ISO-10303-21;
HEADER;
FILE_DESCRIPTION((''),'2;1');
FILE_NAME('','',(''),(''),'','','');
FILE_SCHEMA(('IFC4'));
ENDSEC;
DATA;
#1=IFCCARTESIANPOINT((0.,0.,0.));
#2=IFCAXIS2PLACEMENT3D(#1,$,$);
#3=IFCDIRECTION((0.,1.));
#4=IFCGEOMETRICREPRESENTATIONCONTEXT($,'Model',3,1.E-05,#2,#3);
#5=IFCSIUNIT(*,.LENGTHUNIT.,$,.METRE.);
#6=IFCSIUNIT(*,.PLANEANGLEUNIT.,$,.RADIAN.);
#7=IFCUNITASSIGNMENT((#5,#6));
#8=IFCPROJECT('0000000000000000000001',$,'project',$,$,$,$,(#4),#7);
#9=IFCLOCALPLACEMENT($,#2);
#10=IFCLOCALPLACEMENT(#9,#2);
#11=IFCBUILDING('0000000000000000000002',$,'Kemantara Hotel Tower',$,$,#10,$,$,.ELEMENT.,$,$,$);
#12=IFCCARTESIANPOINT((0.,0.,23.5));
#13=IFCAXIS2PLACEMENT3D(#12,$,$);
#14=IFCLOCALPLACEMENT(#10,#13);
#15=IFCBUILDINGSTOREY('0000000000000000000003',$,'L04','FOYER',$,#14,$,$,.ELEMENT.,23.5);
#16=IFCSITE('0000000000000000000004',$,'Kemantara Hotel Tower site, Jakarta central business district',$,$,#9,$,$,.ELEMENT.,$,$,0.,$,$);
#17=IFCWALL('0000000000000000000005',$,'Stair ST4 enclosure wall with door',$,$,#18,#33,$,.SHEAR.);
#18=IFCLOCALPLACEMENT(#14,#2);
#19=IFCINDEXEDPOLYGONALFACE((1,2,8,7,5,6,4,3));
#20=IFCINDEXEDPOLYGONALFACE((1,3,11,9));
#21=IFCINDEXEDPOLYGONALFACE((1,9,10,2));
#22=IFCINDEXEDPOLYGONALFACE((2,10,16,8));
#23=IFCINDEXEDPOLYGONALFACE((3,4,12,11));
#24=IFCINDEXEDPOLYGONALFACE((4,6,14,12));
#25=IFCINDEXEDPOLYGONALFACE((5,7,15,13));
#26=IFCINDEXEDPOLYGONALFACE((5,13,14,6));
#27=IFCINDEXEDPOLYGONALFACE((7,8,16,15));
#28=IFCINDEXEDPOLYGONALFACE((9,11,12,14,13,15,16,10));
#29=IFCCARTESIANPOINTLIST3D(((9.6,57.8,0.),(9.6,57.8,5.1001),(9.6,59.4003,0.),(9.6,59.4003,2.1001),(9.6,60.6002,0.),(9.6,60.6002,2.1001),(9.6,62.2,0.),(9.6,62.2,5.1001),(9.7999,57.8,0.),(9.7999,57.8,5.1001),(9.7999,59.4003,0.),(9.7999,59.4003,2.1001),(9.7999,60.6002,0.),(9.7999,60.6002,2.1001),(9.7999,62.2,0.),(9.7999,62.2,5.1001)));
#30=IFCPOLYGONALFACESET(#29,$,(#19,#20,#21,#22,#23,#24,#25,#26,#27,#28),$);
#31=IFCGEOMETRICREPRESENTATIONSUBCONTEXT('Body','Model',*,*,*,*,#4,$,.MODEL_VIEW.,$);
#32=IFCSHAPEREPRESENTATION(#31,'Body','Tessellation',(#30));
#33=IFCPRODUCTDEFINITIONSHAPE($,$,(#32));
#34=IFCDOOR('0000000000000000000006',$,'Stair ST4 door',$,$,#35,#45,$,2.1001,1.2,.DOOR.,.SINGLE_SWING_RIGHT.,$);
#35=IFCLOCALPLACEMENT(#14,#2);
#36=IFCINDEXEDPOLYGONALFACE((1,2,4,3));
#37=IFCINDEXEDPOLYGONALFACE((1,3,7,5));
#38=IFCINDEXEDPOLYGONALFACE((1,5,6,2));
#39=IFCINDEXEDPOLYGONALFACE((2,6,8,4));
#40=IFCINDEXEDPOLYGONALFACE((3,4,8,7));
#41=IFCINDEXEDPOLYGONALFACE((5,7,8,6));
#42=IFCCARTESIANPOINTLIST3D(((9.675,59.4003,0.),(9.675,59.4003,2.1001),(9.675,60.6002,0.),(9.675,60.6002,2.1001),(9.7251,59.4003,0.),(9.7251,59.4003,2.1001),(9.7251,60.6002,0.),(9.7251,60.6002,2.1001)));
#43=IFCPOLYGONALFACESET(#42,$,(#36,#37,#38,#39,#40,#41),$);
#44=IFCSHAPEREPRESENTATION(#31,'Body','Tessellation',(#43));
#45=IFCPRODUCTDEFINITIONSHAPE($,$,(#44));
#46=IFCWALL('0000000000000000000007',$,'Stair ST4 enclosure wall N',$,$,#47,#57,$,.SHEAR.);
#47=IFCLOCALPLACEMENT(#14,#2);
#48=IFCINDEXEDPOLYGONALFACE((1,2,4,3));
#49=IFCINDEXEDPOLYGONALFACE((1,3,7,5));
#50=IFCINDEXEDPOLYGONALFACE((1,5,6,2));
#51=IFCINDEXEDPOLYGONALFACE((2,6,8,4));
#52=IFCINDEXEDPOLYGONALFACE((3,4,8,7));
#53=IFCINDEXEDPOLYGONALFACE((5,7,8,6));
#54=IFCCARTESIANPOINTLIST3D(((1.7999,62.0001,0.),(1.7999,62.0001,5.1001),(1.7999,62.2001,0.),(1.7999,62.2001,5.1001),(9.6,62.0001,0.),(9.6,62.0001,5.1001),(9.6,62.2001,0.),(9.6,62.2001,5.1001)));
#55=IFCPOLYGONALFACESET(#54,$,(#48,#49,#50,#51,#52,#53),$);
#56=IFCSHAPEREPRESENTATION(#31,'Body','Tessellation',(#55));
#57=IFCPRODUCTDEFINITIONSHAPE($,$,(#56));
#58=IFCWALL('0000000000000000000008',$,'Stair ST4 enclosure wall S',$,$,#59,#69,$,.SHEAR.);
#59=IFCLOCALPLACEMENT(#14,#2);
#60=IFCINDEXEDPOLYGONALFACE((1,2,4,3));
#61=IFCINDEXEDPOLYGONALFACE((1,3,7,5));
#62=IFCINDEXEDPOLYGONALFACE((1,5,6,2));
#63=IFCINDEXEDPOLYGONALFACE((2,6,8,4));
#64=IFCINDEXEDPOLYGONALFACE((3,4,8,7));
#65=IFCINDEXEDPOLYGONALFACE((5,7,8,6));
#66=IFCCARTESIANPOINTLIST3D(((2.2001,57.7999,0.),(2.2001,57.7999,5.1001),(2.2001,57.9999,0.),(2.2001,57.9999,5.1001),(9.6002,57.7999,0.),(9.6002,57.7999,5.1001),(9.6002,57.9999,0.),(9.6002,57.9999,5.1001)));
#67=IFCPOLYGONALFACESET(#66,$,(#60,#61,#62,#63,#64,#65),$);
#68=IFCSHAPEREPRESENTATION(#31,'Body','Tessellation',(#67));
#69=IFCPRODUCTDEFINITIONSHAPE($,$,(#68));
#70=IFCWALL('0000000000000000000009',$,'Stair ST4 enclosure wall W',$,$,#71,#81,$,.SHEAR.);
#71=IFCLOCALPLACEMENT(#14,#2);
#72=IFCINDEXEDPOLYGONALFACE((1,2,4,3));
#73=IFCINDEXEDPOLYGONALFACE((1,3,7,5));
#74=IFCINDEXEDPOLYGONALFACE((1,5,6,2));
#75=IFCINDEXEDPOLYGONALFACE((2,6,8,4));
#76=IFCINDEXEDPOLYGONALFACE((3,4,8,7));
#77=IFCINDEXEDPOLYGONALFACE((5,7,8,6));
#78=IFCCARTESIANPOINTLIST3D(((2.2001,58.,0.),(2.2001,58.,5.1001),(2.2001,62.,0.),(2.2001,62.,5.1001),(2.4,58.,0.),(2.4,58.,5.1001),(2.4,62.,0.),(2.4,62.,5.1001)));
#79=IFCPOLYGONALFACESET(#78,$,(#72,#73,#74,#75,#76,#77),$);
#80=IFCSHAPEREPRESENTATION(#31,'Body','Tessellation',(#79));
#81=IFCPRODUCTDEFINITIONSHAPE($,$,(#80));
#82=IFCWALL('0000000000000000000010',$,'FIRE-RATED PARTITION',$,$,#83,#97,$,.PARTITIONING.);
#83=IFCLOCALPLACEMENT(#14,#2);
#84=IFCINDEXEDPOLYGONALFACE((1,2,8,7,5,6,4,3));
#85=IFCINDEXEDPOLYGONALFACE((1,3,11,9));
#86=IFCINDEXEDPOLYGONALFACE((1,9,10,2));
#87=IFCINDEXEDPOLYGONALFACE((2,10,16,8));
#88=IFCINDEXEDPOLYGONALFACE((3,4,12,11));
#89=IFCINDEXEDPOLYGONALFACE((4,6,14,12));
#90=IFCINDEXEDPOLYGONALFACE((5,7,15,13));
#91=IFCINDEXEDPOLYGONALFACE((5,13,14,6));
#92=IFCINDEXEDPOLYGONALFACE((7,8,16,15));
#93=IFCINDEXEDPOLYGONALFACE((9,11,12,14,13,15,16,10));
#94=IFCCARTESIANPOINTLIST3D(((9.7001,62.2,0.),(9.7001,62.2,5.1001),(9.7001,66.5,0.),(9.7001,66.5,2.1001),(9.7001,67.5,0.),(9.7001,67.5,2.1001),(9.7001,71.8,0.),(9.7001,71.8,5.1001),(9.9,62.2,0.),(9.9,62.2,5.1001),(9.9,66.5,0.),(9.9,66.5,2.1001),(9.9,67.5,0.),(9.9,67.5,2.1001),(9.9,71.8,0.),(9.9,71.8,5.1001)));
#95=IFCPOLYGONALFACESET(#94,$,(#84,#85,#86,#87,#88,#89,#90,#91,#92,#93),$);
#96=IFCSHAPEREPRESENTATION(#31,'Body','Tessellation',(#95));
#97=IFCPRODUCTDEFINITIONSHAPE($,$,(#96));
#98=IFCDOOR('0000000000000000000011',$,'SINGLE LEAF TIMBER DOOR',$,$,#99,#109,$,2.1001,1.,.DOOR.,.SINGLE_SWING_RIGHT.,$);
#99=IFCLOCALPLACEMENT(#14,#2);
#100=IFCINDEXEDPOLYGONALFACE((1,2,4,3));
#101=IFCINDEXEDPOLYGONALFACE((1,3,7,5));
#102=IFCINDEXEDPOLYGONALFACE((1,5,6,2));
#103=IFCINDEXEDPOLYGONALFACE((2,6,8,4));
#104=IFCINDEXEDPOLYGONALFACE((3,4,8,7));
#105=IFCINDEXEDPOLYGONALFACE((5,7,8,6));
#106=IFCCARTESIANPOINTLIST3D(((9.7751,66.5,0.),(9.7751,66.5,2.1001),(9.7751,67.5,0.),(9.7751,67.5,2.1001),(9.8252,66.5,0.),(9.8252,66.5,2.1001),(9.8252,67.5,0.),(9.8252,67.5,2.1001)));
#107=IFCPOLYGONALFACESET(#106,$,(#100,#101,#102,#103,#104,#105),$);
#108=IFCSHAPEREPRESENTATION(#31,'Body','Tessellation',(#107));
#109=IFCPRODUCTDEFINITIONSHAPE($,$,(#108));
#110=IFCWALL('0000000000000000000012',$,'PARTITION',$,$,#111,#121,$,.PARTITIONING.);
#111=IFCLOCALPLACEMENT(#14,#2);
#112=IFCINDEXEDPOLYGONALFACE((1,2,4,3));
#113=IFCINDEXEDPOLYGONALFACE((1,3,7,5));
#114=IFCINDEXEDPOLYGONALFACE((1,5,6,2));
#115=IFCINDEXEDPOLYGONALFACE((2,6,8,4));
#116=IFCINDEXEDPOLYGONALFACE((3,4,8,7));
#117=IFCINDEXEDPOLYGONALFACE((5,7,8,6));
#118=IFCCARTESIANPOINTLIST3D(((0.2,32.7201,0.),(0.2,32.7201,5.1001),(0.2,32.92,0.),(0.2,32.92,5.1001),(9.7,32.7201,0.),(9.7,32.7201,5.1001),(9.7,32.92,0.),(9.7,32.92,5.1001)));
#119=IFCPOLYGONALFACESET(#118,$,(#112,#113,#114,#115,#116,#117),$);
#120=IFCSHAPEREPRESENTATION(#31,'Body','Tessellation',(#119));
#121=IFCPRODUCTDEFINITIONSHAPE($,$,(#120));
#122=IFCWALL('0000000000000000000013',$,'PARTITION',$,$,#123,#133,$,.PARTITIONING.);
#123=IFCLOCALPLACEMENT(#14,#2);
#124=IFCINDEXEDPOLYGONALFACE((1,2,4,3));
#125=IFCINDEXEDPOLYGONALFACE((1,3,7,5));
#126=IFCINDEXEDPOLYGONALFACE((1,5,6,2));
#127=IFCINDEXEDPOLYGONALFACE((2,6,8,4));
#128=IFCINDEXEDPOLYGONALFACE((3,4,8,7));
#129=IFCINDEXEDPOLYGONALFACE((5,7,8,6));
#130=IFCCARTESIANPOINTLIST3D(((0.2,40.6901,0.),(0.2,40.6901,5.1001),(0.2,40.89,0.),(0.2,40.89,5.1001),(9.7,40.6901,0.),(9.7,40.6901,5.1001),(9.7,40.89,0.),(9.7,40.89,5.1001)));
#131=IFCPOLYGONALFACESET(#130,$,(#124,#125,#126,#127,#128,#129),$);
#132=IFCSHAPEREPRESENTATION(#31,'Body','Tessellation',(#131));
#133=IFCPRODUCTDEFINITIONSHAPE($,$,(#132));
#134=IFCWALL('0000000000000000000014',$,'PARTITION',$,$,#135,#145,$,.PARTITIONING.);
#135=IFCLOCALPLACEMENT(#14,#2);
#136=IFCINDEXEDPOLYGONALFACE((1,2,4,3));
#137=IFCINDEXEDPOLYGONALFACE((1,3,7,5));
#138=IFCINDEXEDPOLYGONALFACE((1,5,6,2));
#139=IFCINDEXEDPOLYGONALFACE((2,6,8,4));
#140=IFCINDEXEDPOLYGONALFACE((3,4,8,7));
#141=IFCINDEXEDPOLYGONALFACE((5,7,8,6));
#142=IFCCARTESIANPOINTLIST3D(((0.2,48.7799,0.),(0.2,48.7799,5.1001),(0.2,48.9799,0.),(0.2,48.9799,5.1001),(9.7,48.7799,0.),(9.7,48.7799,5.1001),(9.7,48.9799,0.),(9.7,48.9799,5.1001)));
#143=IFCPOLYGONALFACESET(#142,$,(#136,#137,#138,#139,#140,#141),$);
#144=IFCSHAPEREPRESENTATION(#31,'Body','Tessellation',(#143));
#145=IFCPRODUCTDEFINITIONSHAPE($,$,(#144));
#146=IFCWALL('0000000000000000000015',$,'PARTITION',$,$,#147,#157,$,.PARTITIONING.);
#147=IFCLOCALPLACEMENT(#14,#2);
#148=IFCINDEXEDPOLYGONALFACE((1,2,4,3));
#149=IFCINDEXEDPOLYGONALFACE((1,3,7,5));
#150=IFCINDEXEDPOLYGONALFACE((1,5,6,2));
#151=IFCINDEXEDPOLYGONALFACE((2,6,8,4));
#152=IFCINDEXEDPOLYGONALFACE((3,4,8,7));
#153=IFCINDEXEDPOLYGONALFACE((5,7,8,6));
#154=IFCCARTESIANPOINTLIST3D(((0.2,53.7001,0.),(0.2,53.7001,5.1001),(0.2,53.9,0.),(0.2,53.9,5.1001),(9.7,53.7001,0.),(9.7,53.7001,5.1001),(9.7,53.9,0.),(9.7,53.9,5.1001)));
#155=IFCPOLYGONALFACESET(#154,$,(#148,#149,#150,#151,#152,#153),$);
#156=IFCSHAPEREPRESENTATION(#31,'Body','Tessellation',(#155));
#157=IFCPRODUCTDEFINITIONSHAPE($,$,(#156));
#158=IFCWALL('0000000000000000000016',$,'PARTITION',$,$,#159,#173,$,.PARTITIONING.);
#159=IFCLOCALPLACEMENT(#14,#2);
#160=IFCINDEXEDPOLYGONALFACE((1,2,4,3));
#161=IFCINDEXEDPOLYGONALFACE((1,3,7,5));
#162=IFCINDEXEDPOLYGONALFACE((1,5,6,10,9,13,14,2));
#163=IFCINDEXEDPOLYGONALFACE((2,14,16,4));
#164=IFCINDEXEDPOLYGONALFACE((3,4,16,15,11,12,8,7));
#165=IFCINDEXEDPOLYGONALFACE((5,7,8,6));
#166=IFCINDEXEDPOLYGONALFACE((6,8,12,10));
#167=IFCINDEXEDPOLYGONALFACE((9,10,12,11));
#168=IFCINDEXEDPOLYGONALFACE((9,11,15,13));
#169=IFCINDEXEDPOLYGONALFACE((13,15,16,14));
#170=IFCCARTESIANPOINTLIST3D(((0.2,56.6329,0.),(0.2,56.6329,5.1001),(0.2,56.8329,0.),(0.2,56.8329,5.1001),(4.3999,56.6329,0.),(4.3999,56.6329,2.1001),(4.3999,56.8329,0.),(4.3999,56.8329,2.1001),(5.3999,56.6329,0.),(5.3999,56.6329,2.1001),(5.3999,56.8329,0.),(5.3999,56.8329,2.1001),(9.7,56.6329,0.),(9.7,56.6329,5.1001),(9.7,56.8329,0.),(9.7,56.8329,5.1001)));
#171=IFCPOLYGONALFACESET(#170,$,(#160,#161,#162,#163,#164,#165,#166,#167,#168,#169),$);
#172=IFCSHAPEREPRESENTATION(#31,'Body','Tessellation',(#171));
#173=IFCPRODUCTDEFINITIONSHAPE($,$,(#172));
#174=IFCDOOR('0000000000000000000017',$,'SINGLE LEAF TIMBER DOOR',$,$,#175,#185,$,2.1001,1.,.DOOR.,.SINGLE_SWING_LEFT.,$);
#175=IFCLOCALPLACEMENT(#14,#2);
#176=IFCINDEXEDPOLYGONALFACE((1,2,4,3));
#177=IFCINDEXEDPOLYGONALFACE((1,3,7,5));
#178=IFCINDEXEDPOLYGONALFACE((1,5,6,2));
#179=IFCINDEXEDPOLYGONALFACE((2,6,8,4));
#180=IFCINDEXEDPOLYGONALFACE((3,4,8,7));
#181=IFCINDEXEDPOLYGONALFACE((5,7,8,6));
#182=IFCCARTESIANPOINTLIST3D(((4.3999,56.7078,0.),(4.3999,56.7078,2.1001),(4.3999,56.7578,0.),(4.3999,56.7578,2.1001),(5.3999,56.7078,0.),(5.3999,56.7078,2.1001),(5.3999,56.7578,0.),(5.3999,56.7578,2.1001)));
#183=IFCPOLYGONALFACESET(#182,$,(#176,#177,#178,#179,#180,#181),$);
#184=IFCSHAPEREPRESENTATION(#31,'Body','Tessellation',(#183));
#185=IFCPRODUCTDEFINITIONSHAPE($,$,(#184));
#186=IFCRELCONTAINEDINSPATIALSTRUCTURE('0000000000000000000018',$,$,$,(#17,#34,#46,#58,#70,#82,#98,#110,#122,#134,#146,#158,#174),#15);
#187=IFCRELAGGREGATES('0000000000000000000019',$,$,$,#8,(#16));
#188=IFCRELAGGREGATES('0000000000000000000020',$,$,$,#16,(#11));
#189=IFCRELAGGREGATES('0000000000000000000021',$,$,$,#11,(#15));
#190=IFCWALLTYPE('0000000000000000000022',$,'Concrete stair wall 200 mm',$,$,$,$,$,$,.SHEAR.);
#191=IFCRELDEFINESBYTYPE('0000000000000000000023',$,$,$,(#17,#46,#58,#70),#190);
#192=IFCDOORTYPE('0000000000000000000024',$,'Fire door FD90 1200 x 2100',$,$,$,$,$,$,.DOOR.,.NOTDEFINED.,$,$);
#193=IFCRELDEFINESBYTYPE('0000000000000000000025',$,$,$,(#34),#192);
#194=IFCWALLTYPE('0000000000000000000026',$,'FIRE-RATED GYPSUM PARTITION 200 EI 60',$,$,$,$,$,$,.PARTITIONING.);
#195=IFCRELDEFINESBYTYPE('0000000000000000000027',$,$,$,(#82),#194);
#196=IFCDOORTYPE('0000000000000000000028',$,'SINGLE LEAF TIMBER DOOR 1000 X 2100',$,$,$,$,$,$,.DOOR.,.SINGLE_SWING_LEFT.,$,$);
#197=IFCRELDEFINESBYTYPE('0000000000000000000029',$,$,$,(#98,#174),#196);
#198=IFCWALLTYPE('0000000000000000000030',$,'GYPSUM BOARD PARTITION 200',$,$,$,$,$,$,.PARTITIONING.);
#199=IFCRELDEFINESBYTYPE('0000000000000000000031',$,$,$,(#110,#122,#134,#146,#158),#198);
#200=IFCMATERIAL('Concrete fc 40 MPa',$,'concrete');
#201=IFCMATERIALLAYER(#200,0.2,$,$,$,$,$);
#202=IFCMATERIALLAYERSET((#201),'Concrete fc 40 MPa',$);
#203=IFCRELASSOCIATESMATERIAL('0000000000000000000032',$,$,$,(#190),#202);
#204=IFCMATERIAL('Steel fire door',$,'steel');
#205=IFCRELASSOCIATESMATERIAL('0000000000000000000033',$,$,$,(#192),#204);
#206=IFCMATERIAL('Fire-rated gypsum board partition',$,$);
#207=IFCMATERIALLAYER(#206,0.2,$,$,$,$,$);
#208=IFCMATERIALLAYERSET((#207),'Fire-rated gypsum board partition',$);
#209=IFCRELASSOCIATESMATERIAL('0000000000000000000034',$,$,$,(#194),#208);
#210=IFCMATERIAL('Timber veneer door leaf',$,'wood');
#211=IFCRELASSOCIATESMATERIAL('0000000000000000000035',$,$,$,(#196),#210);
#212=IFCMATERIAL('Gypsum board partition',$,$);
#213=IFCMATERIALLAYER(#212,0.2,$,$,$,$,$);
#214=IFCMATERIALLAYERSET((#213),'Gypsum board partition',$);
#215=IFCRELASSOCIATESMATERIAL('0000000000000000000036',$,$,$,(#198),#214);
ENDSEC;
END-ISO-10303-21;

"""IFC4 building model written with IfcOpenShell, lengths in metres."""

from ifc_helpers import new_model, si_unit, direction, frame, frame_2d, origin, place, context, subcontext, project, spatial, rectangle, extrude, material, layer, layer_set, type_object, element, fill, save


model = new_model("IFC4")

# Units and contexts
model_context = context("Model", 3, precision=1e-05, world=origin(), true_north=direction((0.0, 1.0)))
body_context = subcontext(model_context, "Body", "Model", "MODEL_VIEW")
ifc_project = project(units=[si_unit("LENGTHUNIT", "METRE"), si_unit("PLANEANGLEUNIT", "RADIAN")], contexts=[model_context])

# Site, building, storey
site_placement = place(None, origin())
site = spatial("IfcSite", under=ifc_project, at=site_placement, Name="Kemantara Hotel Tower site, Jakarta central business district", CompositionType="ELEMENT", RefElevation=0.0)
building_placement = place(site_placement, origin())
building = spatial("IfcBuilding", under=site, at=building_placement, Name="Kemantara Hotel Tower", CompositionType="ELEMENT")
storey_placement = place(building_placement, frame((0.0, 0.0, 23.5)))
storey = spatial("IfcBuildingStorey", under=building, at=storey_placement, Name="L04", Description="FOYER", CompositionType="ELEMENT", Elevation=23.5)

# Wall, opening, door
ifc_material_1 = material(Name="Concrete fc 40 MPa", Category="concrete")
ifc_layer_1 = layer(ifc_material_1, 0.2)
ifc_layer_set_1 = layer_set([ifc_layer_1], Name="Concrete fc 40 MPa")
wall_type_1 = type_object("IfcWallType", Name="Concrete stair wall 200 mm", PredefinedType="SHEAR", material=ifc_layer_set_1)
wall_1_placement = place(storey_placement, frame((9.7, 57.8, 0.0), z_axis=(0.0, 0.0, 1.0), x_axis=(0.0, 1.0, 0.0)))
wall_1 = element("IfcWall", 1, at=wall_1_placement, inside=storey, type_object=wall_type_1, Name="Stair ST4 enclosure wall with door", PredefinedType="SHEAR", context=body_context, shape_type="SweptSolid", body=[
    extrude(rectangle(XDim=4.3999, YDim=0.2, at=frame_2d((2.2, 0.0))), origin(), (0.0, 0.0, 1.0), 5.1001),
])
opening_1_placement = place(wall_1_placement, frame((1.6001, 0.0, 0.0)))
opening_1 = element("IfcOpeningElement", 2, at=opening_1_placement, cuts=wall_1, PredefinedType="OPENING", context=body_context, shape_type="SweptSolid", body=[
    extrude(rectangle(XDim=1.2, YDim=2.1001, at=frame_2d((0.6001, 1.05))), frame((0.0, 0.1099, 0.0), z_axis=(0.0, -1.0, 0.0), x_axis=(1.0, 0.0, 0.0)), (0.0, 0.0, 1.0), 0.22),
])
ifc_material_2 = material(Name="Steel fire door", Category="steel")
door_type_1 = type_object("IfcDoorType", Name="Fire door FD90 1200 x 2100", OperationType="NOTDEFINED", PredefinedType="DOOR", material=ifc_material_2)
door_1_placement = place(opening_1_placement, origin())
door_1 = element("IfcDoor", 3, at=door_1_placement, inside=storey, type_object=door_type_1, Name="Stair ST4 door", OperationType="SINGLE_SWING_RIGHT", OverallHeight=2.1001, OverallWidth=1.2, PredefinedType="DOOR", context=body_context, shape_type="SweptSolid", body=[
    extrude(rectangle(XDim=1.2, YDim=2.1001, at=frame_2d((0.6001, 1.05))), frame((0.0, 0.0249, 0.0), z_axis=(0.0, -1.0, 0.0), x_axis=(1.0, 0.0, 0.0)), (0.0, 0.0, 1.0), 0.05),
])
fill(opening_1, door_1)

# Walls
wall_2_placement = place(storey_placement, frame((1.8, 62.1001, 0.0), z_axis=(0.0, 0.0, 1.0), x_axis=(1.0, 0.0, 0.0)))
element("IfcWall", 4, at=wall_2_placement, inside=storey, type_object=wall_type_1, Name="Stair ST4 enclosure wall N", PredefinedType="SHEAR", context=body_context, shape_type="SweptSolid", body=[
    extrude(rectangle(XDim=7.8, YDim=0.2, at=frame_2d((3.8999, 0.0))), origin(), (0.0, 0.0, 1.0), 5.1001),
])
wall_3_placement = place(storey_placement, frame((2.2, 57.8999, 0.0), z_axis=(0.0, 0.0, 1.0), x_axis=(1.0, 0.0, 0.0)))
element("IfcWall", 5, at=wall_3_placement, inside=storey, type_object=wall_type_1, Name="Stair ST4 enclosure wall S", PredefinedType="SHEAR", context=body_context, shape_type="SweptSolid", body=[
    extrude(rectangle(XDim=7.4001, YDim=0.2, at=frame_2d((3.7002, 0.0))), origin(), (0.0, 0.0, 1.0), 5.1001),
])
wall_4_placement = place(storey_placement, frame((2.3, 58.0, 0.0), z_axis=(0.0, 0.0, 1.0), x_axis=(0.0, 1.0, 0.0)))
element("IfcWall", 6, at=wall_4_placement, inside=storey, type_object=wall_type_1, Name="Stair ST4 enclosure wall W", PredefinedType="SHEAR", context=body_context, shape_type="SweptSolid", body=[
    extrude(rectangle(XDim=4.0, YDim=0.2, at=frame_2d((2.0, 0.0))), origin(), (0.0, 0.0, 1.0), 5.1001),
])

# Wall, opening, door
ifc_material_3 = material(Name="Fire-rated gypsum board partition")
ifc_layer_2 = layer(ifc_material_3, 0.2)
ifc_layer_set_2 = layer_set([ifc_layer_2], Name="Fire-rated gypsum board partition")
wall_type_2 = type_object("IfcWallType", Name="FIRE-RATED GYPSUM PARTITION 200 EI 60", PredefinedType="PARTITIONING", material=ifc_layer_set_2)
wall_5_placement = place(storey_placement, frame((9.8, 62.2, 0.0), z_axis=(0.0, 0.0, 1.0), x_axis=(0.0, 1.0, 0.0)))
wall_5 = element("IfcWall", 7, at=wall_5_placement, inside=storey, type_object=wall_type_2, Name="FIRE-RATED PARTITION", PredefinedType="PARTITIONING", context=body_context, shape_type="SweptSolid", body=[
    extrude(rectangle(XDim=9.6001, YDim=0.2, at=frame_2d((4.8, 0.0))), origin(), (0.0, 0.0, 1.0), 5.1001),
])
opening_2_placement = place(wall_5_placement, frame((4.3, 0.0, 0.0)))
opening_2 = element("IfcOpeningElement", 8, at=opening_2_placement, cuts=wall_5, PredefinedType="OPENING", context=body_context, shape_type="SweptSolid", body=[
    extrude(rectangle(XDim=1.0, YDim=2.1001, at=frame_2d((0.5, 1.05))), frame((0.0, 0.1099, 0.0), z_axis=(0.0, -1.0, 0.0), x_axis=(1.0, 0.0, 0.0)), (0.0, 0.0, 1.0), 0.22),
])
ifc_material_4 = material(Name="Timber veneer door leaf", Category="wood")
door_type_2 = type_object("IfcDoorType", Name="SINGLE LEAF TIMBER DOOR 1000 X 2100", OperationType="SINGLE_SWING_LEFT", PredefinedType="DOOR", material=ifc_material_4)
door_2_placement = place(opening_2_placement, origin())
door_2 = element("IfcDoor", 9, at=door_2_placement, inside=storey, type_object=door_type_2, Name="SINGLE LEAF TIMBER DOOR", OperationType="SINGLE_SWING_RIGHT", OverallHeight=2.1001, OverallWidth=1.0, PredefinedType="DOOR", context=body_context, shape_type="SweptSolid", body=[
    extrude(rectangle(XDim=1.0, YDim=2.1001, at=frame_2d((0.5, 1.05))), frame((0.0, 0.0249, 0.0), z_axis=(0.0, -1.0, 0.0), x_axis=(1.0, 0.0, 0.0)), (0.0, 0.0, 1.0), 0.05),
])
fill(opening_2, door_2)

# Walls
ifc_material_5 = material(Name="Gypsum board partition")
ifc_layer_3 = layer(ifc_material_5, 0.2)
ifc_layer_set_3 = layer_set([ifc_layer_3], Name="Gypsum board partition")
wall_type_3 = type_object("IfcWallType", Name="GYPSUM BOARD PARTITION 200", PredefinedType="PARTITIONING", material=ifc_layer_set_3)
for number, where, z_axis, x_axis, name in (
    (10, (0.2, 32.8201, 0.0), (0.0, 0.0, 1.0), (1.0, 0.0, 0.0), "PARTITION"),
    (11, (0.2, 40.79, 0.0), (0.0, 0.0, 1.0), (1.0, 0.0, 0.0), "PARTITION"),
    (12, (0.2, 48.8799, 0.0), (0.0, 0.0, 1.0), (1.0, 0.0, 0.0), "PARTITION"),
    (13, (0.2, 53.8, 0.0), (0.0, 0.0, 1.0), (1.0, 0.0, 0.0), "PARTITION"),
):
    element("IfcWall", number, at=place(storey_placement, frame(where, z_axis=z_axis, x_axis=x_axis)), inside=storey, type_object=wall_type_3, Name=name, PredefinedType="PARTITIONING", context=body_context, shape_type="SweptSolid", body=[
        extrude(rectangle(XDim=9.5, YDim=0.2, at=frame_2d((4.75, 0.0))), origin(), (0.0, 0.0, 1.0), 5.1001),
    ])

# Wall, opening, door
wall_6_placement = place(storey_placement, frame((0.2, 56.7329, 0.0), z_axis=(0.0, 0.0, 1.0), x_axis=(1.0, 0.0, 0.0)))
wall_6 = element("IfcWall", 14, at=wall_6_placement, inside=storey, type_object=wall_type_3, Name="PARTITION", PredefinedType="PARTITIONING", context=body_context, shape_type="SweptSolid", body=[
    extrude(rectangle(XDim=9.5, YDim=0.2, at=frame_2d((4.75, 0.0))), origin(), (0.0, 0.0, 1.0), 5.1001),
])
opening_3_placement = place(wall_6_placement, frame((4.2, 0.0, 0.0)))
opening_3 = element("IfcOpeningElement", 15, at=opening_3_placement, cuts=wall_6, PredefinedType="OPENING", context=body_context, shape_type="SweptSolid", body=[
    extrude(rectangle(XDim=1.0, YDim=2.1001, at=frame_2d((0.5, 1.05))), frame((0.0, 0.1099, 0.0), z_axis=(0.0, -1.0, 0.0), x_axis=(1.0, 0.0, 0.0)), (0.0, 0.0, 1.0), 0.22),
])
door_3_placement = place(opening_3_placement, origin())
door_3 = element("IfcDoor", 16, at=door_3_placement, inside=storey, type_object=door_type_2, Name="SINGLE LEAF TIMBER DOOR", OperationType="SINGLE_SWING_LEFT", OverallHeight=2.1001, OverallWidth=1.0, PredefinedType="DOOR", context=body_context, shape_type="SweptSolid", body=[
    extrude(rectangle(XDim=1.0, YDim=2.1001, at=frame_2d((0.5, 1.05))), frame((0.0, 0.0249, 0.0), z_axis=(0.0, -1.0, 0.0), x_axis=(1.0, 0.0, 0.0)), (0.0, 0.0, 1.0), 0.05),
])
fill(opening_3, door_3)

save(model, "model.ifc")
